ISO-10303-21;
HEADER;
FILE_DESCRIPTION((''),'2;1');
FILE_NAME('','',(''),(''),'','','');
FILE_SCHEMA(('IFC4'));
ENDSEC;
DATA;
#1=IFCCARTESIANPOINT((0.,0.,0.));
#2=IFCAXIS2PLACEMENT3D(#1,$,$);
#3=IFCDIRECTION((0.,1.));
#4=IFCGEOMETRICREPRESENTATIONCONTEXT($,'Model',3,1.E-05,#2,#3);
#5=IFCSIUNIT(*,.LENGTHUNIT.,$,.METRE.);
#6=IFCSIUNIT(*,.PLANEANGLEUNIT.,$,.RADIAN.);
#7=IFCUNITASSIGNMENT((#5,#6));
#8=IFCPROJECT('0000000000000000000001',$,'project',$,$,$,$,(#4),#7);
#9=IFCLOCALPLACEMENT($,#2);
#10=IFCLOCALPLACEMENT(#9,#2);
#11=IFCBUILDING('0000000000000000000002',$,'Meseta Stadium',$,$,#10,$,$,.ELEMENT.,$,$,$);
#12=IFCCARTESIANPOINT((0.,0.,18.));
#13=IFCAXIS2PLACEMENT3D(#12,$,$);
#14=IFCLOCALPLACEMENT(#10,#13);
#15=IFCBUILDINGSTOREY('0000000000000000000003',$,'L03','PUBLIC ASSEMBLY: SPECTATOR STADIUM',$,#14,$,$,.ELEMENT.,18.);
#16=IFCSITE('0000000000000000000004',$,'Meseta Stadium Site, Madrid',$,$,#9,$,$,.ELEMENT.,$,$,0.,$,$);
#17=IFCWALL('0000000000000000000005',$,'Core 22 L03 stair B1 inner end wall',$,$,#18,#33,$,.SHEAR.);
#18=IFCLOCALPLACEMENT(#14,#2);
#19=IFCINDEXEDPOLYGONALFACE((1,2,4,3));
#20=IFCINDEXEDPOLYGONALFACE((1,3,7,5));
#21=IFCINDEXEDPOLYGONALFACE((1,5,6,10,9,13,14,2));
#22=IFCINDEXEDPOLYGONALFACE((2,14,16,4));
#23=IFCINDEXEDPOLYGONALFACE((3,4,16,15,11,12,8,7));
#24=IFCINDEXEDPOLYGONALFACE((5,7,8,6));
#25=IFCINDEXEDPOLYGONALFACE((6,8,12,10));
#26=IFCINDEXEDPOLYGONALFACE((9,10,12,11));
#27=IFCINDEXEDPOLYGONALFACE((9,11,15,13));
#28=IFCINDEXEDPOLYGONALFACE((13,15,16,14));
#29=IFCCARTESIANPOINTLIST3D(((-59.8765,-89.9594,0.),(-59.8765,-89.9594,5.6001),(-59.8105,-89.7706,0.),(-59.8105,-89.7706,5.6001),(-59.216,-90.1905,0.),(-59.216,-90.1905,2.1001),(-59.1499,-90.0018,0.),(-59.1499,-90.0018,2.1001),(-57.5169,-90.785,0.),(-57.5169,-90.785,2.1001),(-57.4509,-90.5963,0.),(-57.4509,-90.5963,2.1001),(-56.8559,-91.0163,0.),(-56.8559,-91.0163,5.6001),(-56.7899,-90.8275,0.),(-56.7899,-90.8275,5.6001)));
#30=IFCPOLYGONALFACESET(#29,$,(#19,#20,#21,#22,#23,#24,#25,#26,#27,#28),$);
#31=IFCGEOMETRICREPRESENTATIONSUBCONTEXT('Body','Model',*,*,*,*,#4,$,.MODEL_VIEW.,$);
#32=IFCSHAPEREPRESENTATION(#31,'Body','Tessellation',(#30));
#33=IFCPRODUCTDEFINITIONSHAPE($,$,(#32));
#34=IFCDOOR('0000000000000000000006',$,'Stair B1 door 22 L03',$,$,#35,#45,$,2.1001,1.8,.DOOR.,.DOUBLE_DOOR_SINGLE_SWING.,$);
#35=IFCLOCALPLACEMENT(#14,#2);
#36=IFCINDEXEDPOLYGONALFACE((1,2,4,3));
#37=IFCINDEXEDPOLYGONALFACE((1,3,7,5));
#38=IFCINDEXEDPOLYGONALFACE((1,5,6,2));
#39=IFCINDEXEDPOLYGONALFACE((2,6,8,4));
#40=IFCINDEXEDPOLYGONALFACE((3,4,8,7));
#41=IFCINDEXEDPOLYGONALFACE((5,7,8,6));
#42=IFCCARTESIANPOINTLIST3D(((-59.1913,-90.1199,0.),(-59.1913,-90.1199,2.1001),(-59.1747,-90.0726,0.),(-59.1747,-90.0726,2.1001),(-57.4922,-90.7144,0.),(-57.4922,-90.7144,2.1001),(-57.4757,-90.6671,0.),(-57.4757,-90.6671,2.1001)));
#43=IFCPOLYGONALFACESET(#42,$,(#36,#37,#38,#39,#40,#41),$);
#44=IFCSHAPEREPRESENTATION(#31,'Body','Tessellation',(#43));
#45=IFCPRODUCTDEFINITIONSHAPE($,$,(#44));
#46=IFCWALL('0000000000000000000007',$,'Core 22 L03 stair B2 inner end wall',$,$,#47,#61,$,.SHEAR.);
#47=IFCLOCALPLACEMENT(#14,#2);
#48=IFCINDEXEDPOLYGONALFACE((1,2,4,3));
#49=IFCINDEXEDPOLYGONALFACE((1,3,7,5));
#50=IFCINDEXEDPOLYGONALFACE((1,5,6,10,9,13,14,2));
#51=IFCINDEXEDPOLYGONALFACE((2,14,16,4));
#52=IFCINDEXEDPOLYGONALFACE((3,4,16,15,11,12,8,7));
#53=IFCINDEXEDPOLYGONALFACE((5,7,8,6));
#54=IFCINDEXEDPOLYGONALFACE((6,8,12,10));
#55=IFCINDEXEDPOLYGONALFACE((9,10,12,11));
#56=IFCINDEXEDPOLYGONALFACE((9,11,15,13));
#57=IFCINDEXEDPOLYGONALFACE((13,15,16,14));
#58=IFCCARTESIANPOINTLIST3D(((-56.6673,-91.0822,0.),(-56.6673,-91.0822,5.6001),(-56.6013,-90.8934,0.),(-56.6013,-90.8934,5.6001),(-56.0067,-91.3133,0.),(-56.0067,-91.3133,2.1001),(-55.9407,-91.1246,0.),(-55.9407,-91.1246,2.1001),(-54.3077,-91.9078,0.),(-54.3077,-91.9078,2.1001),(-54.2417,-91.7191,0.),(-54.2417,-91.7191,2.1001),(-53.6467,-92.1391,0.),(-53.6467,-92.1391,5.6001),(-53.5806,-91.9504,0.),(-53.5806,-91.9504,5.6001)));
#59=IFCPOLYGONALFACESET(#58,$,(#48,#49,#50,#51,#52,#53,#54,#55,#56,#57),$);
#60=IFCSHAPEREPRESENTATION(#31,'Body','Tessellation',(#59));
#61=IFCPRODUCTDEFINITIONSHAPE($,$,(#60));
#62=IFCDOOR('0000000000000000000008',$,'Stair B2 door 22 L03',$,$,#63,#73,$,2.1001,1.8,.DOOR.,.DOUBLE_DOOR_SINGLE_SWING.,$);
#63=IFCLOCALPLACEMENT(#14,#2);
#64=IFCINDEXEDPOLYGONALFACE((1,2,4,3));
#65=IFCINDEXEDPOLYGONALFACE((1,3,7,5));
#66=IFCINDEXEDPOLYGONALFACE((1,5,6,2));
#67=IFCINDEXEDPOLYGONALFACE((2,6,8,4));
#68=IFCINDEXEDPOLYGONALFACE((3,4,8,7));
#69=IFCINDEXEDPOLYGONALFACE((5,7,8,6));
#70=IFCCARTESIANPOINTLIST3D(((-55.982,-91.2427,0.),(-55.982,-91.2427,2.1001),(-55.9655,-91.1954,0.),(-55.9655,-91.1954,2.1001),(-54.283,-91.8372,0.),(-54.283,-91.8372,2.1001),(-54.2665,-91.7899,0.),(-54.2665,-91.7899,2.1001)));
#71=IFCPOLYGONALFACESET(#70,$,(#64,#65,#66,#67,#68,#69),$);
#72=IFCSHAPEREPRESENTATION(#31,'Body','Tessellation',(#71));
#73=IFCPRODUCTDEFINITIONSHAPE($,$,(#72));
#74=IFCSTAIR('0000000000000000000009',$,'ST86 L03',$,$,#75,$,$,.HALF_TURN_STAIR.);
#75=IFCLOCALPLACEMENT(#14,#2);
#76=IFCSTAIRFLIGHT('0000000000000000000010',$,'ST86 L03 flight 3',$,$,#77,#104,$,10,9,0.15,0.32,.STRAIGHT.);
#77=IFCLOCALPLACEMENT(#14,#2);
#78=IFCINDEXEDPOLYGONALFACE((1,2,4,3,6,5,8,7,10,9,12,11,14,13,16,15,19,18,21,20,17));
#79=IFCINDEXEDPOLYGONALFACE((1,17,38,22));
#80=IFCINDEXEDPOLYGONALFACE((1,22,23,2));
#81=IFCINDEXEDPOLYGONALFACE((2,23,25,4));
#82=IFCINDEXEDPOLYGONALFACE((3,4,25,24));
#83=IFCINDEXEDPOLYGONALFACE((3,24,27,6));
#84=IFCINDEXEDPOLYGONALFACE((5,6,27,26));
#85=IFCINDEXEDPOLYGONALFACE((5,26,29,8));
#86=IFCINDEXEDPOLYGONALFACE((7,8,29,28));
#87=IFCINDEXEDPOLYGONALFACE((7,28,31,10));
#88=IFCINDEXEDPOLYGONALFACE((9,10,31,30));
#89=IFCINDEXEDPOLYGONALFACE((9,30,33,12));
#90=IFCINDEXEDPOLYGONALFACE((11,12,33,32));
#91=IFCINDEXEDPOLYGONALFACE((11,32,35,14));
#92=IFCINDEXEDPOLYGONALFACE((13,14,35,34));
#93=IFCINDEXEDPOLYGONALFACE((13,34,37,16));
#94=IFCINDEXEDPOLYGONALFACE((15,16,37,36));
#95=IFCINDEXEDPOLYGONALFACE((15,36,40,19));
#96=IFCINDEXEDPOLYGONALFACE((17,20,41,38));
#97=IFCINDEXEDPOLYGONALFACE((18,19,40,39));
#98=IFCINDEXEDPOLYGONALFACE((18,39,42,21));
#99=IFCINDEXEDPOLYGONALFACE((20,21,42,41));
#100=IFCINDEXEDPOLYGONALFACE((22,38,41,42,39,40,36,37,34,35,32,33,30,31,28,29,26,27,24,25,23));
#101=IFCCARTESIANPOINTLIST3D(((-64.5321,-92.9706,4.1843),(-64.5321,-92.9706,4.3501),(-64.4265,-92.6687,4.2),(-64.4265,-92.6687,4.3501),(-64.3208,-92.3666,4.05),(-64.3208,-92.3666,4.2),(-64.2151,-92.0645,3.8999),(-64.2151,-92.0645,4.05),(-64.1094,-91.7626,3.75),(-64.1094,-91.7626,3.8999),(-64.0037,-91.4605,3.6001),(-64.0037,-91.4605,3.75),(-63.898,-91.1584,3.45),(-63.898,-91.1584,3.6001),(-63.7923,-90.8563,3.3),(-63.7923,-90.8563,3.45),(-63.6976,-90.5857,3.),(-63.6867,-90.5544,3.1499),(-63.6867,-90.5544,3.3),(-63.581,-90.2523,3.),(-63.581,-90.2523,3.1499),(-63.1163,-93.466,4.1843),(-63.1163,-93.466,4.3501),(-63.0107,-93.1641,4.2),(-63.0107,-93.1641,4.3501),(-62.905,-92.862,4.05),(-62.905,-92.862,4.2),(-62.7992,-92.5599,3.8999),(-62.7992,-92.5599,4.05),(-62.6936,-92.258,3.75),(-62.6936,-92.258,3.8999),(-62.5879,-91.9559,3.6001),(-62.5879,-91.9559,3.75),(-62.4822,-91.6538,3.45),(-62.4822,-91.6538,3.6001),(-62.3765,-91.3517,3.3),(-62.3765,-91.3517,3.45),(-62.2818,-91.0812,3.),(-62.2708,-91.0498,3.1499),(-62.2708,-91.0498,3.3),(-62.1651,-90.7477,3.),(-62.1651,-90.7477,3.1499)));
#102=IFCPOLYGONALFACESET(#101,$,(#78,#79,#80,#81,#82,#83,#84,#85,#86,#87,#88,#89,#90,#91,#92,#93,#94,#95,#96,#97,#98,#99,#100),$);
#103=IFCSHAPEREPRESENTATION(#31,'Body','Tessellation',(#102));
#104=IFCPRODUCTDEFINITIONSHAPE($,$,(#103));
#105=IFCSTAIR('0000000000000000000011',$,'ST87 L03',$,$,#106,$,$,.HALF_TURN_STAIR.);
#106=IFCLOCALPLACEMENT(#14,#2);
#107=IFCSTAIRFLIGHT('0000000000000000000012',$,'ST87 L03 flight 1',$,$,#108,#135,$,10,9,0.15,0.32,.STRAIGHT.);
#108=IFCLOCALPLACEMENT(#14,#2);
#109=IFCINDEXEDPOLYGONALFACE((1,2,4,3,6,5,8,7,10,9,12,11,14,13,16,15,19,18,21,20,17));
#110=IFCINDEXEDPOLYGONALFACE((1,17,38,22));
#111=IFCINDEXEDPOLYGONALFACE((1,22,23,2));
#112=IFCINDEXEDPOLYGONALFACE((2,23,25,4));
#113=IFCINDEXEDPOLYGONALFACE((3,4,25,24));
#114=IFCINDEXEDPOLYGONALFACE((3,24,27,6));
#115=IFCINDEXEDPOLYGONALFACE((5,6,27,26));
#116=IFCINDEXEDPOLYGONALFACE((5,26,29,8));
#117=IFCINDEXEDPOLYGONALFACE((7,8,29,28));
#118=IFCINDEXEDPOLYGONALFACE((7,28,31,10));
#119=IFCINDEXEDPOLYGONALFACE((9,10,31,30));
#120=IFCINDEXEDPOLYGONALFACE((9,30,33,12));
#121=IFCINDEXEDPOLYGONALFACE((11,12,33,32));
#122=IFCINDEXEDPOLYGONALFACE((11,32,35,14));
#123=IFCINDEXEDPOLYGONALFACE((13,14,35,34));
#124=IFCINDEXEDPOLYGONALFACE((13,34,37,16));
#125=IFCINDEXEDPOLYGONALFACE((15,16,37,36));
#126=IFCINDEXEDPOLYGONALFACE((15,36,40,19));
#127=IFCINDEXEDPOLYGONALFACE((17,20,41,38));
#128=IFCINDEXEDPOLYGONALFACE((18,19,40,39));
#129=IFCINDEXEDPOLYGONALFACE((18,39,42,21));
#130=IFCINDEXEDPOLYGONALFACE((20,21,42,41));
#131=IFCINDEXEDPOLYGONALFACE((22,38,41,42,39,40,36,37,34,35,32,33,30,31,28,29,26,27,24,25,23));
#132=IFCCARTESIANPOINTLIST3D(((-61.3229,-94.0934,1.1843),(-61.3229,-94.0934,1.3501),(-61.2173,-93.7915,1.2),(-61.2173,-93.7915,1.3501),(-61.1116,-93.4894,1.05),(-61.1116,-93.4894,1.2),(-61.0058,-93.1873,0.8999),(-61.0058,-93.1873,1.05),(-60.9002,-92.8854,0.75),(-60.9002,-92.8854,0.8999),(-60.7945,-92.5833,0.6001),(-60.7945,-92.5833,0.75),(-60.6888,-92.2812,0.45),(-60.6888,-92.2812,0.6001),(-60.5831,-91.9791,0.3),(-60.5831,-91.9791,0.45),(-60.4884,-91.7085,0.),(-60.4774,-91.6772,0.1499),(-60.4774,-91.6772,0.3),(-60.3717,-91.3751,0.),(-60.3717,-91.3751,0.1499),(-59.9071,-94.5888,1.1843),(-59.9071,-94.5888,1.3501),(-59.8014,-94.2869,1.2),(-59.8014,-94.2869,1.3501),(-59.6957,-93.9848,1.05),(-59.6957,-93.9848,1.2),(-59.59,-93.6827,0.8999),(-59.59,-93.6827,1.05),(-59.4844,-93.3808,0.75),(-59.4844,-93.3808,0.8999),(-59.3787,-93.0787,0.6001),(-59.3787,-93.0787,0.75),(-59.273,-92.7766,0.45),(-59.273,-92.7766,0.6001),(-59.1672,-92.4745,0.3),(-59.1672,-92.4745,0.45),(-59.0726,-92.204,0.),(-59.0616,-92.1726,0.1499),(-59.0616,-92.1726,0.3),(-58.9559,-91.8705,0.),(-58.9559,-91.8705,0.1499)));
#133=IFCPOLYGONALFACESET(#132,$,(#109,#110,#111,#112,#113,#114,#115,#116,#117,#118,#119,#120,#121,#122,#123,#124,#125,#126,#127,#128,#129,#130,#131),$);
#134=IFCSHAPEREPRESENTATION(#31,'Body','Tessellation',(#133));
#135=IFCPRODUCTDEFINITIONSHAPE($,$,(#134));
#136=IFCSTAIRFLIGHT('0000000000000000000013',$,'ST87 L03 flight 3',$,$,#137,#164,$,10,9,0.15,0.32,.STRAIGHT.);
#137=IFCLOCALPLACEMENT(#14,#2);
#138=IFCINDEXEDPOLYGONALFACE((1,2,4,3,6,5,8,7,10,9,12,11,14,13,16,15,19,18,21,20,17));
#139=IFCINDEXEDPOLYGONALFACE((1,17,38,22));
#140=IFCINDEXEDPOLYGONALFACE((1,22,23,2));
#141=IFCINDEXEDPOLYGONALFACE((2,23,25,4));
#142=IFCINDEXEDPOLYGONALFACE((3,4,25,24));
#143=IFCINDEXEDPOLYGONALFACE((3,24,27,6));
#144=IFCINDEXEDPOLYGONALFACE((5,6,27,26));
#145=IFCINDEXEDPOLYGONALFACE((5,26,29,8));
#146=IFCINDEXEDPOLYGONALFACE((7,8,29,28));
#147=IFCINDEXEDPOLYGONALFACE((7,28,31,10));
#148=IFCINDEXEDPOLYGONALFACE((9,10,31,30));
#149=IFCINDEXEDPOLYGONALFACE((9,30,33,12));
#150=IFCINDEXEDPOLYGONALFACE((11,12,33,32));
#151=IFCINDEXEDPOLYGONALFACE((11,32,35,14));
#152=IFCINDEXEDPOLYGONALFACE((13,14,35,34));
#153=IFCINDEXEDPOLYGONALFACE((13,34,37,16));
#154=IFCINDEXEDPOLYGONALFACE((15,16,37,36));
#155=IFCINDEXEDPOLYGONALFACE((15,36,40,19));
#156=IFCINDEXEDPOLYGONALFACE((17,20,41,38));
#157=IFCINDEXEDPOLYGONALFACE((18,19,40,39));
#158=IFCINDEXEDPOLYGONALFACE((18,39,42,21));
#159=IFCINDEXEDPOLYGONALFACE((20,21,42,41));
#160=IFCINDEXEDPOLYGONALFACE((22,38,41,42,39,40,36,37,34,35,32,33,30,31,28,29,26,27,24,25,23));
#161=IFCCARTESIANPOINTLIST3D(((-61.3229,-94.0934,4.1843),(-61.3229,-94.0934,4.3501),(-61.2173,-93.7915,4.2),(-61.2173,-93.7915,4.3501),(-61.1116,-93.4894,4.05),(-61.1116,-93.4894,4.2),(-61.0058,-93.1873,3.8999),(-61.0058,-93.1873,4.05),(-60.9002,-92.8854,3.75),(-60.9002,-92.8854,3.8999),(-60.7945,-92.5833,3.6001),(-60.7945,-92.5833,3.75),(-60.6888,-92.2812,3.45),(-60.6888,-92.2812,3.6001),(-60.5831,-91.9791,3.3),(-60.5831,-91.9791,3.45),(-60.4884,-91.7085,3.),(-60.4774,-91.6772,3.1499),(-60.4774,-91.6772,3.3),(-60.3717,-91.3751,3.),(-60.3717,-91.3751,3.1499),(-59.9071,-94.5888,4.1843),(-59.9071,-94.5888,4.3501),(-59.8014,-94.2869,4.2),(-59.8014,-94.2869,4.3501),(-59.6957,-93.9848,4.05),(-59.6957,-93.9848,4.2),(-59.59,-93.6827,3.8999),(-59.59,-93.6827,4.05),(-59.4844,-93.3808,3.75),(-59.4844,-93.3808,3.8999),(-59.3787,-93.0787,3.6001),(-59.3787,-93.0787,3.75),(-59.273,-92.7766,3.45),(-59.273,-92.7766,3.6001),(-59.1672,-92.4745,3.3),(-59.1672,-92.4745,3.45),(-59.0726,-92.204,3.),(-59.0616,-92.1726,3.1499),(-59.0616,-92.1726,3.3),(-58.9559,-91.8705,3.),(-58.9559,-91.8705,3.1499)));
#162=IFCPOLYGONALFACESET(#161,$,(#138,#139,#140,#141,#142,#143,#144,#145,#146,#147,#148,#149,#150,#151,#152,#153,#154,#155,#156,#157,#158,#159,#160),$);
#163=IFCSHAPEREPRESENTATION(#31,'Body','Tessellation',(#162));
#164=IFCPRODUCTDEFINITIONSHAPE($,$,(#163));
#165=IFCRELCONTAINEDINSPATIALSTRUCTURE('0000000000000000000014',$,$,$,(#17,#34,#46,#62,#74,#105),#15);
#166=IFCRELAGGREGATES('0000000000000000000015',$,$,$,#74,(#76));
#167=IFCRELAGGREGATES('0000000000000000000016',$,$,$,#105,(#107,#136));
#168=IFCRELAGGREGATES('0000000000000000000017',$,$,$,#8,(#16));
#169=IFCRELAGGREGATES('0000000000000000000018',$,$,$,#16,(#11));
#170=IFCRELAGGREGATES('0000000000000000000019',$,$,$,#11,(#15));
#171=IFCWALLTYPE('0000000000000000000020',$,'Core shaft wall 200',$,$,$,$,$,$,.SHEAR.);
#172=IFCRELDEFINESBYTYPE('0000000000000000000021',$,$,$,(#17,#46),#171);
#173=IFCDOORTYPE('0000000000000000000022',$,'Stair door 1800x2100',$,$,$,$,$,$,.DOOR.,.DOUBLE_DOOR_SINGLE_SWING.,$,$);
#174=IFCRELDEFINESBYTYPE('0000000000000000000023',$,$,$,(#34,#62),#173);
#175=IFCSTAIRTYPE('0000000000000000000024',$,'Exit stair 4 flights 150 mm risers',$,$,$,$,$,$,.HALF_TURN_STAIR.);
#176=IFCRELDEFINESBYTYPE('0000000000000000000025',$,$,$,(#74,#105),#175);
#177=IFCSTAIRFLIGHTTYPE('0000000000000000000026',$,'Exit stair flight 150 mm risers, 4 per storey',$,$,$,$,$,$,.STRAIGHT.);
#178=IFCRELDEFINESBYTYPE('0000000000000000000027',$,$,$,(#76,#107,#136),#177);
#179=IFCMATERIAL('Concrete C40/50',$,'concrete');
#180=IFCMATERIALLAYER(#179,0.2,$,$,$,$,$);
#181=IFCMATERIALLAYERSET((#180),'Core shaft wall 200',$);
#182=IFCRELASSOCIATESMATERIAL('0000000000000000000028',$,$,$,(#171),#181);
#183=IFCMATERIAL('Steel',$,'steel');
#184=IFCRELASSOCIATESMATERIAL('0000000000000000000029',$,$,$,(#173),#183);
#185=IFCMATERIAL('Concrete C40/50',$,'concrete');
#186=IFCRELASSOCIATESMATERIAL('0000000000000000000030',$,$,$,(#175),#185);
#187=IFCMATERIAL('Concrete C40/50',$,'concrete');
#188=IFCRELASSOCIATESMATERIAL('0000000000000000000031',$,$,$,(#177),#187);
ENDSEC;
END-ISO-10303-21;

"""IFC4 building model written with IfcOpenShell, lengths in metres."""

from ifc_helpers import new_model, si_unit, direction, frame, frame_2d, origin, place, context, subcontext, project, spatial, polyline, rectangle, outline, extrude, material, layer, layer_set, type_object, element, fill, aggregate, save


model = new_model("IFC4")

# Units and contexts
model_context = context("Model", 3, precision=1e-05, world=origin(), true_north=direction((0.0, 1.0)))
body_context = subcontext(model_context, "Body", "Model", "MODEL_VIEW")
ifc_project = project(units=[si_unit("LENGTHUNIT", "METRE"), si_unit("PLANEANGLEUNIT", "RADIAN")], contexts=[model_context])

# Site, building, storey
site_placement = place(None, origin())
site = spatial("IfcSite", under=ifc_project, at=site_placement, Name="Meseta Stadium Site, Madrid", CompositionType="ELEMENT", RefElevation=0.0)
building_placement = place(site_placement, origin())
building = spatial("IfcBuilding", under=site, at=building_placement, Name="Meseta Stadium", CompositionType="ELEMENT")
storey_placement = place(building_placement, frame((0.0, 0.0, 18.0)))
storey = spatial("IfcBuildingStorey", under=building, at=storey_placement, Name="L03", Description="PUBLIC ASSEMBLY: SPECTATOR STADIUM", CompositionType="ELEMENT", Elevation=18.0)

# Walls, openings, doors
ifc_material_1 = material(Name="Concrete C40/50", Category="concrete")
ifc_layer = layer(ifc_material_1, 0.2)
ifc_layer_set = layer_set([ifc_layer], Name="Core shaft wall 200")
wall_type = type_object("IfcWallType", Name="Core shaft wall 200", PredefinedType="SHEAR", material=ifc_layer_set)
wall_1_placement = place(storey_placement, frame((-59.8435, -89.865, 0.0), z_axis=(0.0, 0.0, 1.0), x_axis=(0.943887, -0.330269, 0.0)))
wall_1 = element("IfcWall", 1, at=wall_1_placement, inside=storey, type_object=wall_type, Name="Core 22 L03 stair B1 inner end wall", PredefinedType="SHEAR", context=body_context, shape_type="SweptSolid", body=[
    extrude(rectangle(XDim=3.2002, YDim=0.2, at=frame_2d((1.6001, 0.0))), origin(), (0.0, 0.0, 1.0), 5.6001),
])
opening_1_placement = place(wall_1_placement, frame((0.7, 0.0, 0.0)))
opening_1 = element("IfcOpeningElement", 2, at=opening_1_placement, cuts=wall_1, PredefinedType="OPENING", context=body_context, shape_type="SweptSolid", body=[
    extrude(rectangle(XDim=1.8, YDim=2.1001, at=frame_2d((0.8999, 1.05))), frame((0.0, 0.1099, 0.0), z_axis=(0.0, -1.0, 0.0), x_axis=(1.0, 0.0, 0.0)), (0.0, 0.0, 1.0), 0.22),
])
ifc_material_2 = material(Name="Steel", Category="steel")
door_type = type_object("IfcDoorType", Name="Stair door 1800x2100", OperationType="DOUBLE_DOOR_SINGLE_SWING", PredefinedType="DOOR", material=ifc_material_2)
door_1_placement = place(opening_1_placement, origin())
door_1 = element("IfcDoor", 3, at=door_1_placement, inside=storey, type_object=door_type, Name="Stair B1 door 22 L03", OperationType="DOUBLE_DOOR_SINGLE_SWING", OverallHeight=2.1001, OverallWidth=1.8, PredefinedType="DOOR", context=body_context, shape_type="SweptSolid", body=[
    extrude(rectangle(XDim=1.8, YDim=2.1001, at=frame_2d((0.8999, 1.05))), frame((0.0, 0.0249, 0.0), z_axis=(0.0, -1.0, 0.0), x_axis=(1.0, 0.0, 0.0)), (0.0, 0.0, 1.0), 0.05),
])
fill(opening_1, door_1)
wall_2_placement = place(storey_placement, frame((-56.6343, -90.9878, 0.0), z_axis=(0.0, 0.0, 1.0), x_axis=(0.943887, -0.330269, 0.0)))
wall_2 = element("IfcWall", 4, at=wall_2_placement, inside=storey, type_object=wall_type, Name="Core 22 L03 stair B2 inner end wall", PredefinedType="SHEAR", context=body_context, shape_type="SweptSolid", body=[
    extrude(rectangle(XDim=3.2002, YDim=0.2, at=frame_2d((1.6001, 0.0))), origin(), (0.0, 0.0, 1.0), 5.6001),
])
opening_2_placement = place(wall_2_placement, frame((0.7, 0.0, 0.0)))
opening_2 = element("IfcOpeningElement", 5, at=opening_2_placement, cuts=wall_2, PredefinedType="OPENING", context=body_context, shape_type="SweptSolid", body=[
    extrude(rectangle(XDim=1.8, YDim=2.1001, at=frame_2d((0.8999, 1.05))), frame((0.0, 0.1099, 0.0), z_axis=(0.0, -1.0, 0.0), x_axis=(1.0, 0.0, 0.0)), (0.0, 0.0, 1.0), 0.22),
])
door_2_placement = place(opening_2_placement, origin())
door_2 = element("IfcDoor", 6, at=door_2_placement, inside=storey, type_object=door_type, Name="Stair B2 door 22 L03", OperationType="DOUBLE_DOOR_SINGLE_SWING", OverallHeight=2.1001, OverallWidth=1.8, PredefinedType="DOOR", context=body_context, shape_type="SweptSolid", body=[
    extrude(rectangle(XDim=1.8, YDim=2.1001, at=frame_2d((0.8999, 1.05))), frame((0.0, 0.0249, 0.0), z_axis=(0.0, -1.0, 0.0), x_axis=(1.0, 0.0, 0.0)), (0.0, 0.0, 1.0), 0.05),
])
fill(opening_2, door_2)

# Stair, stair flight
ifc_material_3 = material(Name="Concrete C40/50", Category="concrete")
stair_type = type_object("IfcStairType", Name="Exit stair 4 flights 150 mm risers", PredefinedType="HALF_TURN_STAIR", material=ifc_material_3)
stair_1_placement = place(storey_placement, origin())
stair_1 = element("IfcStair", 7, at=stair_1_placement, inside=storey, type_object=stair_type, Name="ST86 L03", PredefinedType="HALF_TURN_STAIR")
ifc_material_4 = material(Name="Concrete C40/50", Category="concrete")
stair_flight_type = type_object("IfcStairFlightType", Name="Exit stair flight 150 mm risers, 4 per storey", PredefinedType="STRAIGHT", material=ifc_material_4)
stair_flight_1_placement = place(storey_placement, frame((-62.873, -90.5, 3.0), z_axis=(0.0, 0.0, 1.0), x_axis=(-0.330279, -0.943883, 0.0)))
stair_flight_1 = element("IfcStairFlight", 8, at=stair_flight_1_placement, type_object=stair_flight_type, Name="ST86 L03 flight 3", NumberOfRisers=10, NumberOfTreads=9, PredefinedType="STRAIGHT", RiserHeight=0.15, TreadLength=0.32, context=body_context, shape_type="SweptSolid", body=[
    extrude(outline(polyline([(0.0, 0.0), (0.0, 0.1499), (0.3201, 0.1499), (0.3201, 0.3), (0.6399, 0.3), (0.6399, 0.45), (0.96, 0.45), (0.96, 0.6001), (1.28, 0.6001), (1.28, 0.75), (1.6001, 0.75), (1.6001, 0.8999), (1.9199, 0.8999), (1.9199, 1.05), (2.24, 1.05), (2.24, 1.2), (2.5601, 1.2), (2.5601, 1.3501), (2.8799, 1.3501), (2.8799, 1.1843), (0.3533, 0.0), (0.0, 0.0)])), frame((0.0, 0.75, 0.0), z_axis=(0.0, -1.0, 0.0), x_axis=(1.0, 0.0, 0.0)), (0.0, 0.0, 1.0), 1.5),
])
aggregate(stair_1, [stair_flight_1])

# Stair, stair flights
stair_2_placement = place(storey_placement, origin())
stair_2 = element("IfcStair", 9, at=stair_2_placement, inside=storey, type_object=stair_type, Name="ST87 L03", PredefinedType="HALF_TURN_STAIR")
stair_flight_2_placement = place(storey_placement, frame((-59.6638, -91.6228, 0.0), z_axis=(0.0, 0.0, 1.0), x_axis=(-0.330279, -0.943883, 0.0)))
stair_flight_2 = element("IfcStairFlight", 10, at=stair_flight_2_placement, type_object=stair_flight_type, Name="ST87 L03 flight 1", NumberOfRisers=10, NumberOfTreads=9, PredefinedType="STRAIGHT", RiserHeight=0.15, TreadLength=0.32, context=body_context, shape_type="SweptSolid", body=[
    extrude(outline(polyline([(0.0, 0.0), (0.0, 0.1499), (0.3201, 0.1499), (0.3201, 0.3), (0.6399, 0.3), (0.6399, 0.45), (0.96, 0.45), (0.96, 0.6001), (1.28, 0.6001), (1.28, 0.75), (1.6001, 0.75), (1.6001, 0.8999), (1.9199, 0.8999), (1.9199, 1.05), (2.24, 1.05), (2.24, 1.2), (2.5601, 1.2), (2.5601, 1.3501), (2.8799, 1.3501), (2.8799, 1.1843), (0.3533, 0.0), (0.0, 0.0)])), frame((0.0, 0.75, 0.0), z_axis=(0.0, -1.0, 0.0), x_axis=(1.0, 0.0, 0.0)), (0.0, 0.0, 1.0), 1.5),
])
stair_flight_3_placement = place(storey_placement, frame((-59.6638, -91.6228, 3.0), z_axis=(0.0, 0.0, 1.0), x_axis=(-0.330279, -0.943883, 0.0)))
stair_flight_3 = element("IfcStairFlight", 11, at=stair_flight_3_placement, type_object=stair_flight_type, Name="ST87 L03 flight 3", NumberOfRisers=10, NumberOfTreads=9, PredefinedType="STRAIGHT", RiserHeight=0.15, TreadLength=0.32, context=body_context, shape_type="SweptSolid", body=[
    extrude(outline(polyline([(0.0, 0.0), (0.0, 0.1499), (0.3201, 0.1499), (0.3201, 0.3), (0.6399, 0.3), (0.6399, 0.45), (0.96, 0.45), (0.96, 0.6001), (1.28, 0.6001), (1.28, 0.75), (1.6001, 0.75), (1.6001, 0.8999), (1.9199, 0.8999), (1.9199, 1.05), (2.24, 1.05), (2.24, 1.2), (2.5601, 1.2), (2.5601, 1.3501), (2.8799, 1.3501), (2.8799, 1.1843), (0.3533, 0.0), (0.0, 0.0)])), frame((0.0, 0.75, 0.0), z_axis=(0.0, -1.0, 0.0), x_axis=(1.0, 0.0, 0.0)), (0.0, 0.0, 1.0), 1.5),
])
aggregate(stair_2, [stair_flight_2, stair_flight_3])

save(model, "model.ifc")
